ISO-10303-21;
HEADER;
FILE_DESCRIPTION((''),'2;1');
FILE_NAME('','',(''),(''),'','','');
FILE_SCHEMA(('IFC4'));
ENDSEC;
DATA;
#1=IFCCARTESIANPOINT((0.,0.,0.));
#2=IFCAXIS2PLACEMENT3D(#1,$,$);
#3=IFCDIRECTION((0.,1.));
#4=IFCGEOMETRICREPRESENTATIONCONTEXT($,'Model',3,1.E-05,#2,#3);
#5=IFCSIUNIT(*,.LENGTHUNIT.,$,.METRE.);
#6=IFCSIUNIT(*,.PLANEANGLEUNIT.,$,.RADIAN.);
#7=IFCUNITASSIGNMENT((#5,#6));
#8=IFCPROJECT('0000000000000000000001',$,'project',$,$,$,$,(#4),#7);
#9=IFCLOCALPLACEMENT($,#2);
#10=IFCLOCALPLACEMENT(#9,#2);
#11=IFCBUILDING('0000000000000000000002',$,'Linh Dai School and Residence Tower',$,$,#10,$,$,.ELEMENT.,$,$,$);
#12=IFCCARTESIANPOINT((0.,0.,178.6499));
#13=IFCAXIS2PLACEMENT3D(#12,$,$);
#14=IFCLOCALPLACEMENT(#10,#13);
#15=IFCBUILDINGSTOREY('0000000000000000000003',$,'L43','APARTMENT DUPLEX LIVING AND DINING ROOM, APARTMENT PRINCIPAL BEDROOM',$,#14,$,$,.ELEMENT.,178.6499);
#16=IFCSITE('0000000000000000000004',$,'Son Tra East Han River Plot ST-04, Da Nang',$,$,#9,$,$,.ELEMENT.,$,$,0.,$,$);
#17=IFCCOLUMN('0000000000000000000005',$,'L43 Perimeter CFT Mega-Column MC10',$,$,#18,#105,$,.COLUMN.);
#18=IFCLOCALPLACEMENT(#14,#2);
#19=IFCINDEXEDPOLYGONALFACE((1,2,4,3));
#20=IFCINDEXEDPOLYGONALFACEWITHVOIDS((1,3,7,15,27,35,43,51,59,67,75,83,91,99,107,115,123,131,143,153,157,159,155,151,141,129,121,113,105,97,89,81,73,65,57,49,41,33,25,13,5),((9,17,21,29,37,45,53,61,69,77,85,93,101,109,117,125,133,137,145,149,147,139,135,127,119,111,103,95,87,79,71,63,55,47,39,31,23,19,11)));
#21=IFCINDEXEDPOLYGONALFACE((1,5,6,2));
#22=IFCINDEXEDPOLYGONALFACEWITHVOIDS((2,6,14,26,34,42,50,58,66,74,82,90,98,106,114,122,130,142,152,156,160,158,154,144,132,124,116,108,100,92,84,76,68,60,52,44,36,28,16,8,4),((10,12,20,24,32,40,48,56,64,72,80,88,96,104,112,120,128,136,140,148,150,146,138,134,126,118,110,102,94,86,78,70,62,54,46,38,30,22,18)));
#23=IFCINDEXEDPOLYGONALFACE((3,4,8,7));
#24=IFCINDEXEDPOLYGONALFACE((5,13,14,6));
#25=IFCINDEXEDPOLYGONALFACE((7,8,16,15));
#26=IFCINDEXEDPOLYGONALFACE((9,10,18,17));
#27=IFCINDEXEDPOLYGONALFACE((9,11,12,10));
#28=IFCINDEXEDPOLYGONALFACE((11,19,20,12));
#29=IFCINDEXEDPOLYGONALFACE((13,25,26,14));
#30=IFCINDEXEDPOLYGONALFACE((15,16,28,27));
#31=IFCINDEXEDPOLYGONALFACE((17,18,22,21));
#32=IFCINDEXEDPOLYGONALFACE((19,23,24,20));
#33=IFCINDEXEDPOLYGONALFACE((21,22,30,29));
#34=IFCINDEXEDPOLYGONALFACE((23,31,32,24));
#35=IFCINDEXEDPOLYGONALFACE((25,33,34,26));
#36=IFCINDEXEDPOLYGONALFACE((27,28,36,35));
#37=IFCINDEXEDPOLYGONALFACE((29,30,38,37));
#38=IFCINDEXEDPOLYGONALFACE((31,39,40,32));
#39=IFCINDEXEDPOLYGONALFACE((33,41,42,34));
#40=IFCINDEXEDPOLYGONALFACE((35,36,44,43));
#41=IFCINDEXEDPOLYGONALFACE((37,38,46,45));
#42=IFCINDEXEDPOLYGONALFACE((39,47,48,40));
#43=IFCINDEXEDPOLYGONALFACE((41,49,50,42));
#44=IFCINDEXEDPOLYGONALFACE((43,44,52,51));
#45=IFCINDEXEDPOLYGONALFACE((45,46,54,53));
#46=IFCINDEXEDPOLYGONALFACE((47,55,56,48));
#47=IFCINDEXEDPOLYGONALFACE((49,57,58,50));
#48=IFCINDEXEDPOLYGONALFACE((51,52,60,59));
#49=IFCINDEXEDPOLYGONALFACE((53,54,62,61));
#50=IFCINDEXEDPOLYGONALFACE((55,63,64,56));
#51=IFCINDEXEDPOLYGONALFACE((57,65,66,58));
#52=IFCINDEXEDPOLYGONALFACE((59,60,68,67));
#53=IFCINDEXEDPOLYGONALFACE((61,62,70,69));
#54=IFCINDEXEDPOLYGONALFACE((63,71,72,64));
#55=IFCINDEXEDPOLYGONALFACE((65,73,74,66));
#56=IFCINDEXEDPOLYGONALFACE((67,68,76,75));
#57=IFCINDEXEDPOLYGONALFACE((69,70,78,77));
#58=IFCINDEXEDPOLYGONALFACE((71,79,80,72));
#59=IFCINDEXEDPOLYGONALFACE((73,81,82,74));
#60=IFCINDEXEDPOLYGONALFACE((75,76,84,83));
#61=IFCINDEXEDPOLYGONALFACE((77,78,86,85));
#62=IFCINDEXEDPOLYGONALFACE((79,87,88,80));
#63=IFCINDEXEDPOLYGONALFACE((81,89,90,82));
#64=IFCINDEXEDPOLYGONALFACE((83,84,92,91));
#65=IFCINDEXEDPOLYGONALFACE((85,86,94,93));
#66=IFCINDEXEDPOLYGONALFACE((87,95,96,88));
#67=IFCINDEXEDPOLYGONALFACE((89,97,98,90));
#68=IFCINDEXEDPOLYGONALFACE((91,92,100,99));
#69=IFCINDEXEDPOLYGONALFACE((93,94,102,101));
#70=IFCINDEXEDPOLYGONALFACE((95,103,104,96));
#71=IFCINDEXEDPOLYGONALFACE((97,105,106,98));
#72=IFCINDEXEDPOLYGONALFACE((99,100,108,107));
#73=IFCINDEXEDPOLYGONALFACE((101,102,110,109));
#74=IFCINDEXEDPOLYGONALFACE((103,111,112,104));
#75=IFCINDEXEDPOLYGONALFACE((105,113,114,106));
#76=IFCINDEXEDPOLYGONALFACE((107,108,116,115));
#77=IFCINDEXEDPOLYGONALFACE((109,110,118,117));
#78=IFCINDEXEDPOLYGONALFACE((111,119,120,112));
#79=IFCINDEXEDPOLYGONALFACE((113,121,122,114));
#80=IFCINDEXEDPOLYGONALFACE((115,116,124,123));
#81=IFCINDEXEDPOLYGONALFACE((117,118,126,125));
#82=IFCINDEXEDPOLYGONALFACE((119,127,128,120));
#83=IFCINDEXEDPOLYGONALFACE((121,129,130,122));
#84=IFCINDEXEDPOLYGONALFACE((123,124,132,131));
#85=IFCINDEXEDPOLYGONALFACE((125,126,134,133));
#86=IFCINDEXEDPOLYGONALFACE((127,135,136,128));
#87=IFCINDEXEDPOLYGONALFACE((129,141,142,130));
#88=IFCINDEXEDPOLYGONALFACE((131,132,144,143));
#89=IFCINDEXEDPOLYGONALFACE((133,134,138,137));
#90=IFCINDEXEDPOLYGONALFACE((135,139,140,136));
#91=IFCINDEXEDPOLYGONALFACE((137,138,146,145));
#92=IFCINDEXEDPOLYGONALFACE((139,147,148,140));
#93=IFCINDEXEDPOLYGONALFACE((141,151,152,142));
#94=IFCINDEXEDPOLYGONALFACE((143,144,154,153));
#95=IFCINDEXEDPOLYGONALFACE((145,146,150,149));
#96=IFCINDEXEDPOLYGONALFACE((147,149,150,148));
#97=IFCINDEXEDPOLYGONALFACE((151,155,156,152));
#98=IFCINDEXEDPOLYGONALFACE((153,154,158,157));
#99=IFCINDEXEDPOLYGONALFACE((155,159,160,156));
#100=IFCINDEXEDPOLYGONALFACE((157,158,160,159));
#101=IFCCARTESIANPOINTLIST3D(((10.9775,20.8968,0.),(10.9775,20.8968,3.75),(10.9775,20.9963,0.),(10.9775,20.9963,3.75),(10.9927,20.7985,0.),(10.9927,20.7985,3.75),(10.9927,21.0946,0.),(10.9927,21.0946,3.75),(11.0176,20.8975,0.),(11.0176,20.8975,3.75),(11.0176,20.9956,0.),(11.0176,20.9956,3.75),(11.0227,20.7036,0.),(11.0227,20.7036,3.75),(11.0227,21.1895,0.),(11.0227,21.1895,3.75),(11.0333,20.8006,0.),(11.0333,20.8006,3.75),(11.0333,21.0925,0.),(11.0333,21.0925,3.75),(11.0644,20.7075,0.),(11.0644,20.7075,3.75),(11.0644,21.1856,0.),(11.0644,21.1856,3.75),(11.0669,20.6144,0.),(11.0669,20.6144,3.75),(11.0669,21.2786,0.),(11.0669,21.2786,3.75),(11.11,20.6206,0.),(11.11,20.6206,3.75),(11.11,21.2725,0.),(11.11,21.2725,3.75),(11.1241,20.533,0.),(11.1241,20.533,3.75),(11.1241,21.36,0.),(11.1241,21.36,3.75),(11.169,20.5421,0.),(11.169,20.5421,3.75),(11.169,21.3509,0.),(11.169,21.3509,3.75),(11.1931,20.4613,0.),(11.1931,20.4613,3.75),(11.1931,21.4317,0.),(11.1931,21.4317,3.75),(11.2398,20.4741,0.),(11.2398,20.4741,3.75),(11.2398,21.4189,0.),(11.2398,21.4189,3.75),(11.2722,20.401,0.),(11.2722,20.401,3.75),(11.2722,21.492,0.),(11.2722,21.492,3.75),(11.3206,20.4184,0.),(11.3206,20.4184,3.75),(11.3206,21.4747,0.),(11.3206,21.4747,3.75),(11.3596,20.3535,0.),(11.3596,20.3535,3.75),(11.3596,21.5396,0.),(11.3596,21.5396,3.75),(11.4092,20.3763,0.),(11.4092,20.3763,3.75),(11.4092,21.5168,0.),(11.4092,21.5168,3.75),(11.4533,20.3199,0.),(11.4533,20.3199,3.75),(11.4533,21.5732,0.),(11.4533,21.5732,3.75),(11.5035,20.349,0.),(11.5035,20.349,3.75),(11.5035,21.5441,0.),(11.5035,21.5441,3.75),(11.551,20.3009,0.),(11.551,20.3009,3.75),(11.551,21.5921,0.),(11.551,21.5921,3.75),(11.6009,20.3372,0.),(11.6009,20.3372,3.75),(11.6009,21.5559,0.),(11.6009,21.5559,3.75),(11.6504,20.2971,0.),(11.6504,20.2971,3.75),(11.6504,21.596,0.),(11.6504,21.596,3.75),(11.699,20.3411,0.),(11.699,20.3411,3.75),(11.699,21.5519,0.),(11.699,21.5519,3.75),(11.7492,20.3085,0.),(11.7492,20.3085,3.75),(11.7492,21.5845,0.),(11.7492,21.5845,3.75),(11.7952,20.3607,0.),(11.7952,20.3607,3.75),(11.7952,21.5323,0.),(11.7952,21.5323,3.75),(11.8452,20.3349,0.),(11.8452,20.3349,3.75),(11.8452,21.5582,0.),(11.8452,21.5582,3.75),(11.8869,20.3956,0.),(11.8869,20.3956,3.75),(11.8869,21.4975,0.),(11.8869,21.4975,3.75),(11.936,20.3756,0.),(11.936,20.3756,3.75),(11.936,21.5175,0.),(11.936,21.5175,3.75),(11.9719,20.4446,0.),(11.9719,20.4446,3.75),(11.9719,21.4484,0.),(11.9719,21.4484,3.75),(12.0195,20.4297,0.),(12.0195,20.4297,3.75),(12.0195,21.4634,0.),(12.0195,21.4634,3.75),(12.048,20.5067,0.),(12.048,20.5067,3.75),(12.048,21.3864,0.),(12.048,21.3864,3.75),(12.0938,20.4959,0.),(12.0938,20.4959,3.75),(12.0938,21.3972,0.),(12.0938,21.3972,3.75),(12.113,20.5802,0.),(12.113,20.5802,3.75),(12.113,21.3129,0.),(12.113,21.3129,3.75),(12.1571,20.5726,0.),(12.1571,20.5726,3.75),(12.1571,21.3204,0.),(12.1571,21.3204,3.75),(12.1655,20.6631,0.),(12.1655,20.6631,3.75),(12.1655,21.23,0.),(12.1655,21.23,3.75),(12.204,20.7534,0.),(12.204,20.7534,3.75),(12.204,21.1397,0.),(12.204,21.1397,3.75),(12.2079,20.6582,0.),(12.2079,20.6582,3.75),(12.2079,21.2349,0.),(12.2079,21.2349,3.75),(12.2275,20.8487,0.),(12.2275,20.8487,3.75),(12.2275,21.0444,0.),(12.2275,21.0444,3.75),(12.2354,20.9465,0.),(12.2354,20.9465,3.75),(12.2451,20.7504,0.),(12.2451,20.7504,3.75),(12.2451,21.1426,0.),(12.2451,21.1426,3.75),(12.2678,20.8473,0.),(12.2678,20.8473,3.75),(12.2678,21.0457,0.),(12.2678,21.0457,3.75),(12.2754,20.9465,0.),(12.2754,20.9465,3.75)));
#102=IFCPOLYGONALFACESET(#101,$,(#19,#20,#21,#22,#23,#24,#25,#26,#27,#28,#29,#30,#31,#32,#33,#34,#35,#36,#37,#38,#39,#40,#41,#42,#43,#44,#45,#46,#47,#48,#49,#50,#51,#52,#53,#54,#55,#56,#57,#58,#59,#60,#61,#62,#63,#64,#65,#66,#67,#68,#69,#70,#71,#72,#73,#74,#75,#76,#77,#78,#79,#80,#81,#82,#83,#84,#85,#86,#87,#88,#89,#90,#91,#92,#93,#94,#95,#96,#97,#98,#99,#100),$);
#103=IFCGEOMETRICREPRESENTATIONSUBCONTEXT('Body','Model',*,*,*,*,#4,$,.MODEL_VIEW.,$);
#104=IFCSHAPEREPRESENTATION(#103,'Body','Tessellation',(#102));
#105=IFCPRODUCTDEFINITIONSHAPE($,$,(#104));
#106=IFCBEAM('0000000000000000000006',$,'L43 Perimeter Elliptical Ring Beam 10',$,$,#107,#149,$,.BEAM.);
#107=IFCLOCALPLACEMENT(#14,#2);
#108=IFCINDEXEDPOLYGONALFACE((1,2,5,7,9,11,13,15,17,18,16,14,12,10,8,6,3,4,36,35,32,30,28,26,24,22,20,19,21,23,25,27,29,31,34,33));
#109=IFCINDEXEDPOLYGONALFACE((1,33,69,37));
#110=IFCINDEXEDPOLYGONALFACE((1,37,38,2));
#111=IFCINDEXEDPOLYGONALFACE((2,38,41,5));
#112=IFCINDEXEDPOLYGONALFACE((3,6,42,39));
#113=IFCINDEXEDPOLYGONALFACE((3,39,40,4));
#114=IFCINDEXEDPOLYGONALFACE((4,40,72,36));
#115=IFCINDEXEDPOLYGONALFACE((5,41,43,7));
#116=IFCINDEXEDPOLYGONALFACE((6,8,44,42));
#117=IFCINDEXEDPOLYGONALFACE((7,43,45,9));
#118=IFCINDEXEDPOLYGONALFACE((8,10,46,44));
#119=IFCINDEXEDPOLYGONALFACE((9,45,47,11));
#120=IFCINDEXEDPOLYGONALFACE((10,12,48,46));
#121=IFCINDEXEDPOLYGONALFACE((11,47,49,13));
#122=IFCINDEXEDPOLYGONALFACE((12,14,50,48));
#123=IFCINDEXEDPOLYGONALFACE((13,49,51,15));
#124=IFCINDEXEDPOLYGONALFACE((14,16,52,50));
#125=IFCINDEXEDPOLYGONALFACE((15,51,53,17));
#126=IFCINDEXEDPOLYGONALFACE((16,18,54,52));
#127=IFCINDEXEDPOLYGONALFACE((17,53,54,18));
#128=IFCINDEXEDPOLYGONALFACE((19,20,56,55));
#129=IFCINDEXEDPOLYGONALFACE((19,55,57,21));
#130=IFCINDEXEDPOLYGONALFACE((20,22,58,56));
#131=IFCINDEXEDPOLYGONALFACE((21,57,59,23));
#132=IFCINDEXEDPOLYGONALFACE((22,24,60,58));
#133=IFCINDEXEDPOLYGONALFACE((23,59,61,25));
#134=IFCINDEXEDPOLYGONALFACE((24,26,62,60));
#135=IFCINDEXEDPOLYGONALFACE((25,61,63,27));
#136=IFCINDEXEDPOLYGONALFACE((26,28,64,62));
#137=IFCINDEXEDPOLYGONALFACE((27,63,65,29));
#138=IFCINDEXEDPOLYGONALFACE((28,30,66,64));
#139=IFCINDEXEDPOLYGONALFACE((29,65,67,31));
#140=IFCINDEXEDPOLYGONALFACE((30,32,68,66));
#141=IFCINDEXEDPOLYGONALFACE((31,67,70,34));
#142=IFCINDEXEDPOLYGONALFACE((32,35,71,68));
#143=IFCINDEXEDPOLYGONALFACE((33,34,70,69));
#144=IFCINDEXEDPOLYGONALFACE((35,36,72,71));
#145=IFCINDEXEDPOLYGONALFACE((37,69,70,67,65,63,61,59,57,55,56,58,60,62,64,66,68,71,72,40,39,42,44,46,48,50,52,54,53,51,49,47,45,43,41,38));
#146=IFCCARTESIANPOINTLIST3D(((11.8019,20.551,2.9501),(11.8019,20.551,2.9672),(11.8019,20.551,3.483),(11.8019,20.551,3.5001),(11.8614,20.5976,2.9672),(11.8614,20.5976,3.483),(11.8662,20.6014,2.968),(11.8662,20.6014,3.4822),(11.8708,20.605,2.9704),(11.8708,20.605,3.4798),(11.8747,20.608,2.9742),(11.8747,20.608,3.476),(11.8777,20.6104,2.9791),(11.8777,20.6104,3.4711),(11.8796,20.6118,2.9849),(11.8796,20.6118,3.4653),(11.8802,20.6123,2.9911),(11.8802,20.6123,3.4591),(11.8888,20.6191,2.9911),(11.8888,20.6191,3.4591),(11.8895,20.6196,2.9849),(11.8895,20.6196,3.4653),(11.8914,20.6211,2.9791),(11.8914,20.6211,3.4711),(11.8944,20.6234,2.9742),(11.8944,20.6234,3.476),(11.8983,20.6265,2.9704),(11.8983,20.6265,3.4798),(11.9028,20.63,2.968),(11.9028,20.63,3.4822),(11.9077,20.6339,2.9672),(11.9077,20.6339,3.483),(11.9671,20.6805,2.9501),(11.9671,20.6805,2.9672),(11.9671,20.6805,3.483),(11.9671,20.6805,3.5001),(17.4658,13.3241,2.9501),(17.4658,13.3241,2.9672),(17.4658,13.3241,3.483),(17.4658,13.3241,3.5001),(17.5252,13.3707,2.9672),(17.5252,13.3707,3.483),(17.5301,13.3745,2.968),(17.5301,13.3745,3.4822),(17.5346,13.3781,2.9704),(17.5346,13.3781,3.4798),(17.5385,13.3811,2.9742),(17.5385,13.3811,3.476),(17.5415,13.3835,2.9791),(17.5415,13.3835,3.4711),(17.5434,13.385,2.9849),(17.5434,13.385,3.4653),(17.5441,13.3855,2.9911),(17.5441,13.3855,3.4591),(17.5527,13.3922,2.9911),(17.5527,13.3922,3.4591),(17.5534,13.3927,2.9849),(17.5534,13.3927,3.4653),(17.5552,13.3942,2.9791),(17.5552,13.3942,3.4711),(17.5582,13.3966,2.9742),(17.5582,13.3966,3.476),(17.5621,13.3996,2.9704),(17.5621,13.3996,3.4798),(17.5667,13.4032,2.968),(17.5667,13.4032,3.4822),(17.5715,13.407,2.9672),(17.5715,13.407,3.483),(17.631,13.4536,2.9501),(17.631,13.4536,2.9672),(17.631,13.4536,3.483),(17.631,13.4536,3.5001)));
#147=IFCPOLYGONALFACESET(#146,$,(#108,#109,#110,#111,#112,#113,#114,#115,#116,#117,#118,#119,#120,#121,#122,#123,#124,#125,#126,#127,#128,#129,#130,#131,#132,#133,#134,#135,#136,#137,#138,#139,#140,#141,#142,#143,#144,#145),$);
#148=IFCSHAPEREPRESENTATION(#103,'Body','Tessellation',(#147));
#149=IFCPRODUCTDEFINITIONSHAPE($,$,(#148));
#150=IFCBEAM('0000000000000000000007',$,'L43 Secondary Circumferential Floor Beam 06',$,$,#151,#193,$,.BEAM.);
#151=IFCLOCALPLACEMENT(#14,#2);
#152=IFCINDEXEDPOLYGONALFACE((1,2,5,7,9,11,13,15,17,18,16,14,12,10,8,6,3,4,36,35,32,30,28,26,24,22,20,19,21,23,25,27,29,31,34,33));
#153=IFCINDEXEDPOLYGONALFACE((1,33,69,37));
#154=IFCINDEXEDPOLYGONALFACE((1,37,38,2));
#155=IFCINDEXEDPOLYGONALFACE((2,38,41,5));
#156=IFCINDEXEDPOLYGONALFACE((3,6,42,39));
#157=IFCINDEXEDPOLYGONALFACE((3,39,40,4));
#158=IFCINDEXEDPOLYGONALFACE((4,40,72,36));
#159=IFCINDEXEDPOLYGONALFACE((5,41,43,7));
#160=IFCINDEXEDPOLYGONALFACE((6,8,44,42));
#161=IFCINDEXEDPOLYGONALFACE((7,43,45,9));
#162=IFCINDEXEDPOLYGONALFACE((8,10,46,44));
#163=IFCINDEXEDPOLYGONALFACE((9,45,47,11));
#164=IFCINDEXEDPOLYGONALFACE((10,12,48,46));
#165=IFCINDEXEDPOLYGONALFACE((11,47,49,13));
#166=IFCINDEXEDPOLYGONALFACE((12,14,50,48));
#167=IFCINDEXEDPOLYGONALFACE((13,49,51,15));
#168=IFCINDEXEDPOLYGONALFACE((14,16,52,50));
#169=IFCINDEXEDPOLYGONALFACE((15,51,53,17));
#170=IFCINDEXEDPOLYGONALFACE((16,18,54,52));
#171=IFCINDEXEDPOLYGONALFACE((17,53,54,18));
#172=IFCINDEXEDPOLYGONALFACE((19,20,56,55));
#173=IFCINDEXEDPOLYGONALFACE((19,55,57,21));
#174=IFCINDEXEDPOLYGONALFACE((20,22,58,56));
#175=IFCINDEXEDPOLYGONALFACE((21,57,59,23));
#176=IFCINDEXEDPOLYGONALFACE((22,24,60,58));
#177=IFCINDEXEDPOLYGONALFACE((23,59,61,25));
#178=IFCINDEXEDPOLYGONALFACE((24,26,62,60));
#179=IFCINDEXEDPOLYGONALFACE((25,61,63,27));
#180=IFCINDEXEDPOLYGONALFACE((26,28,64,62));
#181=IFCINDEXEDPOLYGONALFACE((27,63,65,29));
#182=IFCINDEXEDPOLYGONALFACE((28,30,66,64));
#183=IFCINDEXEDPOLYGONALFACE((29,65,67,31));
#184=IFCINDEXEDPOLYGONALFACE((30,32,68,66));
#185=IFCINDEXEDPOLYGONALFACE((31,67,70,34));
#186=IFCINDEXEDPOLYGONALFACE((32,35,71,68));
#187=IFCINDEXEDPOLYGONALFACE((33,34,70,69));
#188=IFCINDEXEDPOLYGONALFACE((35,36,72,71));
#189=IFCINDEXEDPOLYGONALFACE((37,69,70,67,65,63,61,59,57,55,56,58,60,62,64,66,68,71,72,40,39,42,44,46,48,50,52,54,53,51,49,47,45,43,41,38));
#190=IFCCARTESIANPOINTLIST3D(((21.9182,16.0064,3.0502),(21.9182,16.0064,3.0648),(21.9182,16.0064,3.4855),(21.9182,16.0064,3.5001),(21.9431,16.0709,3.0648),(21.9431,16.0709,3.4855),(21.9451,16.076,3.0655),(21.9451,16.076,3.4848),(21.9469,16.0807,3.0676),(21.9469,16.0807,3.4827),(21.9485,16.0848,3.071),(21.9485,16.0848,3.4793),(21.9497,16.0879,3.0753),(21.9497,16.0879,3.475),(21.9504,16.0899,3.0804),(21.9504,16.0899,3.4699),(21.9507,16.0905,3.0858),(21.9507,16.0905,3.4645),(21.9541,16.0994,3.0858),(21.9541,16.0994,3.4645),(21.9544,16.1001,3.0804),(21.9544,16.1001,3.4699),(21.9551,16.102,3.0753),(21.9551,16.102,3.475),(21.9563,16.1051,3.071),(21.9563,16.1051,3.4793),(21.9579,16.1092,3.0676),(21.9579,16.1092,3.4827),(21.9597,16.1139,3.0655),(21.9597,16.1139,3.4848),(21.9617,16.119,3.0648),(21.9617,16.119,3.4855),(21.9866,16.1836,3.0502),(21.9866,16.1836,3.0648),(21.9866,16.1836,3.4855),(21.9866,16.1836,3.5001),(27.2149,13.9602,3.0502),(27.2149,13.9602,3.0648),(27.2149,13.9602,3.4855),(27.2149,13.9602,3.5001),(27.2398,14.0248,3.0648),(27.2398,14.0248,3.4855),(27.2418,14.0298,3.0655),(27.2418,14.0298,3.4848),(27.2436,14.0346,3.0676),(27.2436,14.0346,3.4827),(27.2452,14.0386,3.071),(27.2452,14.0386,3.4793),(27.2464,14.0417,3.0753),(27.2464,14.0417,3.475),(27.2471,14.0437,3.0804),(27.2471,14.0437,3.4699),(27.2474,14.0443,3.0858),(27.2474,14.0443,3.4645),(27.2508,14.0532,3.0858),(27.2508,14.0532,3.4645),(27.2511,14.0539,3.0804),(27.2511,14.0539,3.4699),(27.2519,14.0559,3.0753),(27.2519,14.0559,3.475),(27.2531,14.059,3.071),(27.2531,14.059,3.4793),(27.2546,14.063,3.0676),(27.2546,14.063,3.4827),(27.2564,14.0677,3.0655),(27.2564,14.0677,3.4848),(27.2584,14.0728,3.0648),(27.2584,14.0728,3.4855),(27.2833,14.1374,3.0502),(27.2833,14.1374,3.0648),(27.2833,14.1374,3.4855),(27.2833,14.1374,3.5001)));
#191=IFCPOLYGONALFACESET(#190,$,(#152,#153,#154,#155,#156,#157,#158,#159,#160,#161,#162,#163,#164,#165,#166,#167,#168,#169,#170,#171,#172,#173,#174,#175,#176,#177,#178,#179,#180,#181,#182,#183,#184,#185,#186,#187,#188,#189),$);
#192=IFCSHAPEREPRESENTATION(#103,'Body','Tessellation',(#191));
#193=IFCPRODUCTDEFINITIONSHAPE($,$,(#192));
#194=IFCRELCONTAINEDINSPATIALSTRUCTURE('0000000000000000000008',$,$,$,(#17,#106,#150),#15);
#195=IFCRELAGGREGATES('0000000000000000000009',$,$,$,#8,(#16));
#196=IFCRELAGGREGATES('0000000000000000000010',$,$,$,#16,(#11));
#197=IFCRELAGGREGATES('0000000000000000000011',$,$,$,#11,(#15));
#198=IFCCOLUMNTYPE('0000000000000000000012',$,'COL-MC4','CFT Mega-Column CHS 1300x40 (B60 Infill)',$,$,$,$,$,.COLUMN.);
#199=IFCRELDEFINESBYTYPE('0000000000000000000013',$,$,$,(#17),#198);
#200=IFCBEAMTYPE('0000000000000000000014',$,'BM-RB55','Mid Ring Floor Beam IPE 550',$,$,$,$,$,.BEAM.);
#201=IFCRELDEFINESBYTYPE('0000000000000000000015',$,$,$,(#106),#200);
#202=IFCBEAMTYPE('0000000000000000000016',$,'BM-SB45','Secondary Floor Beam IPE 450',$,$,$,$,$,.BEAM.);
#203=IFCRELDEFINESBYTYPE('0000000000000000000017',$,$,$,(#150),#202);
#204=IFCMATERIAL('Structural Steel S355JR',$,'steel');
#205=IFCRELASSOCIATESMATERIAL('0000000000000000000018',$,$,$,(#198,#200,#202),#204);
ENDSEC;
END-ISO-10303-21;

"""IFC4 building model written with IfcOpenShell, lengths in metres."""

from ifc_helpers import new_model, si_unit, direction, frame, origin, origin_2d, place, context, subcontext, project, spatial, hollow_circle, i_section, extrude, material, material_profile, profile_set, type_object, element, save


model = new_model("IFC4")

# Units and contexts
model_context = context("Model", 3, precision=1e-05, world=origin(), true_north=direction((0.0, 1.0)))
body_context = subcontext(model_context, "Body", "Model", "MODEL_VIEW")
ifc_project = project(units=[si_unit("LENGTHUNIT", "METRE"), si_unit("PLANEANGLEUNIT", "RADIAN")], contexts=[model_context])

# Site, building, storey
site_placement = place(None, origin())
site = spatial("IfcSite", under=ifc_project, at=site_placement, Name="Son Tra East Han River Plot ST-04, Da Nang", CompositionType="ELEMENT", RefElevation=0.0)
building_placement = place(site_placement, origin())
building = spatial("IfcBuilding", under=site, at=building_placement, Name="Linh Dai School and Residence Tower", CompositionType="ELEMENT")
storey_placement = place(building_placement, frame((0.0, 0.0, 178.6499)))
storey = spatial("IfcBuildingStorey", under=building, at=storey_placement, Name="L43", Description="APARTMENT DUPLEX LIVING AND DINING ROOM, APARTMENT PRINCIPAL BEDROOM", CompositionType="ELEMENT", Elevation=178.6499)

# Column
ifc_material_1 = material(Name="Structural Steel S355JR", Category="steel")
ifc_material_profile_1 = material_profile(ifc_material_1, hollow_circle(Radius=0.6499, WallThickness=0.04, at=origin_2d()), Name="CHS 1300x40")
ifc_profile_set_1 = profile_set([ifc_material_profile_1], Name="Structural Steel S355JR")
column_type = type_object("IfcColumnType", Name="COL-MC4", Description="CFT Mega-Column CHS 1300x40 (B60 Infill)", PredefinedType="COLUMN", material=ifc_profile_set_1)
column_placement = place(storey_placement, frame((11.6255, 20.9465, 0.0), z_axis=(0.0, 0.0, 1.0), x_axis=(1.0, 0.0, 0.0)))
element("IfcColumn", 1, at=column_placement, inside=storey, type_object=column_type, Name="L43 Perimeter CFT Mega-Column MC10", PredefinedType="COLUMN", context=body_context, shape_type="SweptSolid", body=[
    extrude(hollow_circle(Radius=0.6499, WallThickness=0.04, at=origin_2d()), origin(), (0.0, 0.0, 1.0), 3.75),
])

# Beams
ifc_material_profile_2 = material_profile(ifc_material_1, i_section(OverallWidth=0.21, OverallDepth=0.55, WebThickness=0.011, FlangeThickness=0.0171, FilletRadius=0.0239, at=origin_2d()), Name="IPE 550")
ifc_profile_set_2 = profile_set([ifc_material_profile_2], Name="Structural Steel S355JR")
beam_type_1 = type_object("IfcBeamType", Name="BM-RB55", Description="Mid Ring Floor Beam IPE 550", PredefinedType="BEAM", material=ifc_profile_set_2)
beam_1_placement = place(storey_placement, frame((11.8845, 20.6157, 3.2251), z_axis=(0.616852, -0.787079, 0.0), x_axis=(0.787079, 0.616852, 0.0)))
element("IfcBeam", 2, at=beam_1_placement, inside=storey, type_object=beam_type_1, Name="L43 Perimeter Elliptical Ring Beam 10", PredefinedType="BEAM", context=body_context, shape_type="SweptSolid", body=[
    extrude(i_section(OverallWidth=0.21, OverallDepth=0.55, WebThickness=0.011, FlangeThickness=0.0171, FilletRadius=0.0239, at=origin_2d()), origin(), (0.0, 0.0, 1.0), 9.1819),
])
ifc_material_profile_3 = material_profile(ifc_material_1, i_section(OverallWidth=0.1899, OverallDepth=0.45, WebThickness=0.0095, FlangeThickness=0.0146, FilletRadius=0.021, at=origin_2d()), Name="IPE 450")
ifc_profile_set_3 = profile_set([ifc_material_profile_3], Name="Structural Steel S355JR")
beam_type_2 = type_object("IfcBeamType", Name="BM-SB45", Description="Secondary Floor Beam IPE 450", PredefinedType="BEAM", material=ifc_profile_set_3)
beam_2_placement = place(storey_placement, frame((21.9524, 16.095, 3.2751), z_axis=(0.932815, -0.360356, 0.0), x_axis=(0.360356, 0.932815, 0.0)))
element("IfcBeam", 3, at=beam_2_placement, inside=storey, type_object=beam_type_2, Name="L43 Secondary Circumferential Floor Beam 06", PredefinedType="BEAM", context=body_context, shape_type="SweptSolid", body=[
    extrude(i_section(OverallWidth=0.1899, OverallDepth=0.45, WebThickness=0.0095, FlangeThickness=0.0146, FilletRadius=0.021, at=origin_2d()), origin(), (0.0, 0.0, 1.0), 5.6782),
])

save(model, "model.ifc")
